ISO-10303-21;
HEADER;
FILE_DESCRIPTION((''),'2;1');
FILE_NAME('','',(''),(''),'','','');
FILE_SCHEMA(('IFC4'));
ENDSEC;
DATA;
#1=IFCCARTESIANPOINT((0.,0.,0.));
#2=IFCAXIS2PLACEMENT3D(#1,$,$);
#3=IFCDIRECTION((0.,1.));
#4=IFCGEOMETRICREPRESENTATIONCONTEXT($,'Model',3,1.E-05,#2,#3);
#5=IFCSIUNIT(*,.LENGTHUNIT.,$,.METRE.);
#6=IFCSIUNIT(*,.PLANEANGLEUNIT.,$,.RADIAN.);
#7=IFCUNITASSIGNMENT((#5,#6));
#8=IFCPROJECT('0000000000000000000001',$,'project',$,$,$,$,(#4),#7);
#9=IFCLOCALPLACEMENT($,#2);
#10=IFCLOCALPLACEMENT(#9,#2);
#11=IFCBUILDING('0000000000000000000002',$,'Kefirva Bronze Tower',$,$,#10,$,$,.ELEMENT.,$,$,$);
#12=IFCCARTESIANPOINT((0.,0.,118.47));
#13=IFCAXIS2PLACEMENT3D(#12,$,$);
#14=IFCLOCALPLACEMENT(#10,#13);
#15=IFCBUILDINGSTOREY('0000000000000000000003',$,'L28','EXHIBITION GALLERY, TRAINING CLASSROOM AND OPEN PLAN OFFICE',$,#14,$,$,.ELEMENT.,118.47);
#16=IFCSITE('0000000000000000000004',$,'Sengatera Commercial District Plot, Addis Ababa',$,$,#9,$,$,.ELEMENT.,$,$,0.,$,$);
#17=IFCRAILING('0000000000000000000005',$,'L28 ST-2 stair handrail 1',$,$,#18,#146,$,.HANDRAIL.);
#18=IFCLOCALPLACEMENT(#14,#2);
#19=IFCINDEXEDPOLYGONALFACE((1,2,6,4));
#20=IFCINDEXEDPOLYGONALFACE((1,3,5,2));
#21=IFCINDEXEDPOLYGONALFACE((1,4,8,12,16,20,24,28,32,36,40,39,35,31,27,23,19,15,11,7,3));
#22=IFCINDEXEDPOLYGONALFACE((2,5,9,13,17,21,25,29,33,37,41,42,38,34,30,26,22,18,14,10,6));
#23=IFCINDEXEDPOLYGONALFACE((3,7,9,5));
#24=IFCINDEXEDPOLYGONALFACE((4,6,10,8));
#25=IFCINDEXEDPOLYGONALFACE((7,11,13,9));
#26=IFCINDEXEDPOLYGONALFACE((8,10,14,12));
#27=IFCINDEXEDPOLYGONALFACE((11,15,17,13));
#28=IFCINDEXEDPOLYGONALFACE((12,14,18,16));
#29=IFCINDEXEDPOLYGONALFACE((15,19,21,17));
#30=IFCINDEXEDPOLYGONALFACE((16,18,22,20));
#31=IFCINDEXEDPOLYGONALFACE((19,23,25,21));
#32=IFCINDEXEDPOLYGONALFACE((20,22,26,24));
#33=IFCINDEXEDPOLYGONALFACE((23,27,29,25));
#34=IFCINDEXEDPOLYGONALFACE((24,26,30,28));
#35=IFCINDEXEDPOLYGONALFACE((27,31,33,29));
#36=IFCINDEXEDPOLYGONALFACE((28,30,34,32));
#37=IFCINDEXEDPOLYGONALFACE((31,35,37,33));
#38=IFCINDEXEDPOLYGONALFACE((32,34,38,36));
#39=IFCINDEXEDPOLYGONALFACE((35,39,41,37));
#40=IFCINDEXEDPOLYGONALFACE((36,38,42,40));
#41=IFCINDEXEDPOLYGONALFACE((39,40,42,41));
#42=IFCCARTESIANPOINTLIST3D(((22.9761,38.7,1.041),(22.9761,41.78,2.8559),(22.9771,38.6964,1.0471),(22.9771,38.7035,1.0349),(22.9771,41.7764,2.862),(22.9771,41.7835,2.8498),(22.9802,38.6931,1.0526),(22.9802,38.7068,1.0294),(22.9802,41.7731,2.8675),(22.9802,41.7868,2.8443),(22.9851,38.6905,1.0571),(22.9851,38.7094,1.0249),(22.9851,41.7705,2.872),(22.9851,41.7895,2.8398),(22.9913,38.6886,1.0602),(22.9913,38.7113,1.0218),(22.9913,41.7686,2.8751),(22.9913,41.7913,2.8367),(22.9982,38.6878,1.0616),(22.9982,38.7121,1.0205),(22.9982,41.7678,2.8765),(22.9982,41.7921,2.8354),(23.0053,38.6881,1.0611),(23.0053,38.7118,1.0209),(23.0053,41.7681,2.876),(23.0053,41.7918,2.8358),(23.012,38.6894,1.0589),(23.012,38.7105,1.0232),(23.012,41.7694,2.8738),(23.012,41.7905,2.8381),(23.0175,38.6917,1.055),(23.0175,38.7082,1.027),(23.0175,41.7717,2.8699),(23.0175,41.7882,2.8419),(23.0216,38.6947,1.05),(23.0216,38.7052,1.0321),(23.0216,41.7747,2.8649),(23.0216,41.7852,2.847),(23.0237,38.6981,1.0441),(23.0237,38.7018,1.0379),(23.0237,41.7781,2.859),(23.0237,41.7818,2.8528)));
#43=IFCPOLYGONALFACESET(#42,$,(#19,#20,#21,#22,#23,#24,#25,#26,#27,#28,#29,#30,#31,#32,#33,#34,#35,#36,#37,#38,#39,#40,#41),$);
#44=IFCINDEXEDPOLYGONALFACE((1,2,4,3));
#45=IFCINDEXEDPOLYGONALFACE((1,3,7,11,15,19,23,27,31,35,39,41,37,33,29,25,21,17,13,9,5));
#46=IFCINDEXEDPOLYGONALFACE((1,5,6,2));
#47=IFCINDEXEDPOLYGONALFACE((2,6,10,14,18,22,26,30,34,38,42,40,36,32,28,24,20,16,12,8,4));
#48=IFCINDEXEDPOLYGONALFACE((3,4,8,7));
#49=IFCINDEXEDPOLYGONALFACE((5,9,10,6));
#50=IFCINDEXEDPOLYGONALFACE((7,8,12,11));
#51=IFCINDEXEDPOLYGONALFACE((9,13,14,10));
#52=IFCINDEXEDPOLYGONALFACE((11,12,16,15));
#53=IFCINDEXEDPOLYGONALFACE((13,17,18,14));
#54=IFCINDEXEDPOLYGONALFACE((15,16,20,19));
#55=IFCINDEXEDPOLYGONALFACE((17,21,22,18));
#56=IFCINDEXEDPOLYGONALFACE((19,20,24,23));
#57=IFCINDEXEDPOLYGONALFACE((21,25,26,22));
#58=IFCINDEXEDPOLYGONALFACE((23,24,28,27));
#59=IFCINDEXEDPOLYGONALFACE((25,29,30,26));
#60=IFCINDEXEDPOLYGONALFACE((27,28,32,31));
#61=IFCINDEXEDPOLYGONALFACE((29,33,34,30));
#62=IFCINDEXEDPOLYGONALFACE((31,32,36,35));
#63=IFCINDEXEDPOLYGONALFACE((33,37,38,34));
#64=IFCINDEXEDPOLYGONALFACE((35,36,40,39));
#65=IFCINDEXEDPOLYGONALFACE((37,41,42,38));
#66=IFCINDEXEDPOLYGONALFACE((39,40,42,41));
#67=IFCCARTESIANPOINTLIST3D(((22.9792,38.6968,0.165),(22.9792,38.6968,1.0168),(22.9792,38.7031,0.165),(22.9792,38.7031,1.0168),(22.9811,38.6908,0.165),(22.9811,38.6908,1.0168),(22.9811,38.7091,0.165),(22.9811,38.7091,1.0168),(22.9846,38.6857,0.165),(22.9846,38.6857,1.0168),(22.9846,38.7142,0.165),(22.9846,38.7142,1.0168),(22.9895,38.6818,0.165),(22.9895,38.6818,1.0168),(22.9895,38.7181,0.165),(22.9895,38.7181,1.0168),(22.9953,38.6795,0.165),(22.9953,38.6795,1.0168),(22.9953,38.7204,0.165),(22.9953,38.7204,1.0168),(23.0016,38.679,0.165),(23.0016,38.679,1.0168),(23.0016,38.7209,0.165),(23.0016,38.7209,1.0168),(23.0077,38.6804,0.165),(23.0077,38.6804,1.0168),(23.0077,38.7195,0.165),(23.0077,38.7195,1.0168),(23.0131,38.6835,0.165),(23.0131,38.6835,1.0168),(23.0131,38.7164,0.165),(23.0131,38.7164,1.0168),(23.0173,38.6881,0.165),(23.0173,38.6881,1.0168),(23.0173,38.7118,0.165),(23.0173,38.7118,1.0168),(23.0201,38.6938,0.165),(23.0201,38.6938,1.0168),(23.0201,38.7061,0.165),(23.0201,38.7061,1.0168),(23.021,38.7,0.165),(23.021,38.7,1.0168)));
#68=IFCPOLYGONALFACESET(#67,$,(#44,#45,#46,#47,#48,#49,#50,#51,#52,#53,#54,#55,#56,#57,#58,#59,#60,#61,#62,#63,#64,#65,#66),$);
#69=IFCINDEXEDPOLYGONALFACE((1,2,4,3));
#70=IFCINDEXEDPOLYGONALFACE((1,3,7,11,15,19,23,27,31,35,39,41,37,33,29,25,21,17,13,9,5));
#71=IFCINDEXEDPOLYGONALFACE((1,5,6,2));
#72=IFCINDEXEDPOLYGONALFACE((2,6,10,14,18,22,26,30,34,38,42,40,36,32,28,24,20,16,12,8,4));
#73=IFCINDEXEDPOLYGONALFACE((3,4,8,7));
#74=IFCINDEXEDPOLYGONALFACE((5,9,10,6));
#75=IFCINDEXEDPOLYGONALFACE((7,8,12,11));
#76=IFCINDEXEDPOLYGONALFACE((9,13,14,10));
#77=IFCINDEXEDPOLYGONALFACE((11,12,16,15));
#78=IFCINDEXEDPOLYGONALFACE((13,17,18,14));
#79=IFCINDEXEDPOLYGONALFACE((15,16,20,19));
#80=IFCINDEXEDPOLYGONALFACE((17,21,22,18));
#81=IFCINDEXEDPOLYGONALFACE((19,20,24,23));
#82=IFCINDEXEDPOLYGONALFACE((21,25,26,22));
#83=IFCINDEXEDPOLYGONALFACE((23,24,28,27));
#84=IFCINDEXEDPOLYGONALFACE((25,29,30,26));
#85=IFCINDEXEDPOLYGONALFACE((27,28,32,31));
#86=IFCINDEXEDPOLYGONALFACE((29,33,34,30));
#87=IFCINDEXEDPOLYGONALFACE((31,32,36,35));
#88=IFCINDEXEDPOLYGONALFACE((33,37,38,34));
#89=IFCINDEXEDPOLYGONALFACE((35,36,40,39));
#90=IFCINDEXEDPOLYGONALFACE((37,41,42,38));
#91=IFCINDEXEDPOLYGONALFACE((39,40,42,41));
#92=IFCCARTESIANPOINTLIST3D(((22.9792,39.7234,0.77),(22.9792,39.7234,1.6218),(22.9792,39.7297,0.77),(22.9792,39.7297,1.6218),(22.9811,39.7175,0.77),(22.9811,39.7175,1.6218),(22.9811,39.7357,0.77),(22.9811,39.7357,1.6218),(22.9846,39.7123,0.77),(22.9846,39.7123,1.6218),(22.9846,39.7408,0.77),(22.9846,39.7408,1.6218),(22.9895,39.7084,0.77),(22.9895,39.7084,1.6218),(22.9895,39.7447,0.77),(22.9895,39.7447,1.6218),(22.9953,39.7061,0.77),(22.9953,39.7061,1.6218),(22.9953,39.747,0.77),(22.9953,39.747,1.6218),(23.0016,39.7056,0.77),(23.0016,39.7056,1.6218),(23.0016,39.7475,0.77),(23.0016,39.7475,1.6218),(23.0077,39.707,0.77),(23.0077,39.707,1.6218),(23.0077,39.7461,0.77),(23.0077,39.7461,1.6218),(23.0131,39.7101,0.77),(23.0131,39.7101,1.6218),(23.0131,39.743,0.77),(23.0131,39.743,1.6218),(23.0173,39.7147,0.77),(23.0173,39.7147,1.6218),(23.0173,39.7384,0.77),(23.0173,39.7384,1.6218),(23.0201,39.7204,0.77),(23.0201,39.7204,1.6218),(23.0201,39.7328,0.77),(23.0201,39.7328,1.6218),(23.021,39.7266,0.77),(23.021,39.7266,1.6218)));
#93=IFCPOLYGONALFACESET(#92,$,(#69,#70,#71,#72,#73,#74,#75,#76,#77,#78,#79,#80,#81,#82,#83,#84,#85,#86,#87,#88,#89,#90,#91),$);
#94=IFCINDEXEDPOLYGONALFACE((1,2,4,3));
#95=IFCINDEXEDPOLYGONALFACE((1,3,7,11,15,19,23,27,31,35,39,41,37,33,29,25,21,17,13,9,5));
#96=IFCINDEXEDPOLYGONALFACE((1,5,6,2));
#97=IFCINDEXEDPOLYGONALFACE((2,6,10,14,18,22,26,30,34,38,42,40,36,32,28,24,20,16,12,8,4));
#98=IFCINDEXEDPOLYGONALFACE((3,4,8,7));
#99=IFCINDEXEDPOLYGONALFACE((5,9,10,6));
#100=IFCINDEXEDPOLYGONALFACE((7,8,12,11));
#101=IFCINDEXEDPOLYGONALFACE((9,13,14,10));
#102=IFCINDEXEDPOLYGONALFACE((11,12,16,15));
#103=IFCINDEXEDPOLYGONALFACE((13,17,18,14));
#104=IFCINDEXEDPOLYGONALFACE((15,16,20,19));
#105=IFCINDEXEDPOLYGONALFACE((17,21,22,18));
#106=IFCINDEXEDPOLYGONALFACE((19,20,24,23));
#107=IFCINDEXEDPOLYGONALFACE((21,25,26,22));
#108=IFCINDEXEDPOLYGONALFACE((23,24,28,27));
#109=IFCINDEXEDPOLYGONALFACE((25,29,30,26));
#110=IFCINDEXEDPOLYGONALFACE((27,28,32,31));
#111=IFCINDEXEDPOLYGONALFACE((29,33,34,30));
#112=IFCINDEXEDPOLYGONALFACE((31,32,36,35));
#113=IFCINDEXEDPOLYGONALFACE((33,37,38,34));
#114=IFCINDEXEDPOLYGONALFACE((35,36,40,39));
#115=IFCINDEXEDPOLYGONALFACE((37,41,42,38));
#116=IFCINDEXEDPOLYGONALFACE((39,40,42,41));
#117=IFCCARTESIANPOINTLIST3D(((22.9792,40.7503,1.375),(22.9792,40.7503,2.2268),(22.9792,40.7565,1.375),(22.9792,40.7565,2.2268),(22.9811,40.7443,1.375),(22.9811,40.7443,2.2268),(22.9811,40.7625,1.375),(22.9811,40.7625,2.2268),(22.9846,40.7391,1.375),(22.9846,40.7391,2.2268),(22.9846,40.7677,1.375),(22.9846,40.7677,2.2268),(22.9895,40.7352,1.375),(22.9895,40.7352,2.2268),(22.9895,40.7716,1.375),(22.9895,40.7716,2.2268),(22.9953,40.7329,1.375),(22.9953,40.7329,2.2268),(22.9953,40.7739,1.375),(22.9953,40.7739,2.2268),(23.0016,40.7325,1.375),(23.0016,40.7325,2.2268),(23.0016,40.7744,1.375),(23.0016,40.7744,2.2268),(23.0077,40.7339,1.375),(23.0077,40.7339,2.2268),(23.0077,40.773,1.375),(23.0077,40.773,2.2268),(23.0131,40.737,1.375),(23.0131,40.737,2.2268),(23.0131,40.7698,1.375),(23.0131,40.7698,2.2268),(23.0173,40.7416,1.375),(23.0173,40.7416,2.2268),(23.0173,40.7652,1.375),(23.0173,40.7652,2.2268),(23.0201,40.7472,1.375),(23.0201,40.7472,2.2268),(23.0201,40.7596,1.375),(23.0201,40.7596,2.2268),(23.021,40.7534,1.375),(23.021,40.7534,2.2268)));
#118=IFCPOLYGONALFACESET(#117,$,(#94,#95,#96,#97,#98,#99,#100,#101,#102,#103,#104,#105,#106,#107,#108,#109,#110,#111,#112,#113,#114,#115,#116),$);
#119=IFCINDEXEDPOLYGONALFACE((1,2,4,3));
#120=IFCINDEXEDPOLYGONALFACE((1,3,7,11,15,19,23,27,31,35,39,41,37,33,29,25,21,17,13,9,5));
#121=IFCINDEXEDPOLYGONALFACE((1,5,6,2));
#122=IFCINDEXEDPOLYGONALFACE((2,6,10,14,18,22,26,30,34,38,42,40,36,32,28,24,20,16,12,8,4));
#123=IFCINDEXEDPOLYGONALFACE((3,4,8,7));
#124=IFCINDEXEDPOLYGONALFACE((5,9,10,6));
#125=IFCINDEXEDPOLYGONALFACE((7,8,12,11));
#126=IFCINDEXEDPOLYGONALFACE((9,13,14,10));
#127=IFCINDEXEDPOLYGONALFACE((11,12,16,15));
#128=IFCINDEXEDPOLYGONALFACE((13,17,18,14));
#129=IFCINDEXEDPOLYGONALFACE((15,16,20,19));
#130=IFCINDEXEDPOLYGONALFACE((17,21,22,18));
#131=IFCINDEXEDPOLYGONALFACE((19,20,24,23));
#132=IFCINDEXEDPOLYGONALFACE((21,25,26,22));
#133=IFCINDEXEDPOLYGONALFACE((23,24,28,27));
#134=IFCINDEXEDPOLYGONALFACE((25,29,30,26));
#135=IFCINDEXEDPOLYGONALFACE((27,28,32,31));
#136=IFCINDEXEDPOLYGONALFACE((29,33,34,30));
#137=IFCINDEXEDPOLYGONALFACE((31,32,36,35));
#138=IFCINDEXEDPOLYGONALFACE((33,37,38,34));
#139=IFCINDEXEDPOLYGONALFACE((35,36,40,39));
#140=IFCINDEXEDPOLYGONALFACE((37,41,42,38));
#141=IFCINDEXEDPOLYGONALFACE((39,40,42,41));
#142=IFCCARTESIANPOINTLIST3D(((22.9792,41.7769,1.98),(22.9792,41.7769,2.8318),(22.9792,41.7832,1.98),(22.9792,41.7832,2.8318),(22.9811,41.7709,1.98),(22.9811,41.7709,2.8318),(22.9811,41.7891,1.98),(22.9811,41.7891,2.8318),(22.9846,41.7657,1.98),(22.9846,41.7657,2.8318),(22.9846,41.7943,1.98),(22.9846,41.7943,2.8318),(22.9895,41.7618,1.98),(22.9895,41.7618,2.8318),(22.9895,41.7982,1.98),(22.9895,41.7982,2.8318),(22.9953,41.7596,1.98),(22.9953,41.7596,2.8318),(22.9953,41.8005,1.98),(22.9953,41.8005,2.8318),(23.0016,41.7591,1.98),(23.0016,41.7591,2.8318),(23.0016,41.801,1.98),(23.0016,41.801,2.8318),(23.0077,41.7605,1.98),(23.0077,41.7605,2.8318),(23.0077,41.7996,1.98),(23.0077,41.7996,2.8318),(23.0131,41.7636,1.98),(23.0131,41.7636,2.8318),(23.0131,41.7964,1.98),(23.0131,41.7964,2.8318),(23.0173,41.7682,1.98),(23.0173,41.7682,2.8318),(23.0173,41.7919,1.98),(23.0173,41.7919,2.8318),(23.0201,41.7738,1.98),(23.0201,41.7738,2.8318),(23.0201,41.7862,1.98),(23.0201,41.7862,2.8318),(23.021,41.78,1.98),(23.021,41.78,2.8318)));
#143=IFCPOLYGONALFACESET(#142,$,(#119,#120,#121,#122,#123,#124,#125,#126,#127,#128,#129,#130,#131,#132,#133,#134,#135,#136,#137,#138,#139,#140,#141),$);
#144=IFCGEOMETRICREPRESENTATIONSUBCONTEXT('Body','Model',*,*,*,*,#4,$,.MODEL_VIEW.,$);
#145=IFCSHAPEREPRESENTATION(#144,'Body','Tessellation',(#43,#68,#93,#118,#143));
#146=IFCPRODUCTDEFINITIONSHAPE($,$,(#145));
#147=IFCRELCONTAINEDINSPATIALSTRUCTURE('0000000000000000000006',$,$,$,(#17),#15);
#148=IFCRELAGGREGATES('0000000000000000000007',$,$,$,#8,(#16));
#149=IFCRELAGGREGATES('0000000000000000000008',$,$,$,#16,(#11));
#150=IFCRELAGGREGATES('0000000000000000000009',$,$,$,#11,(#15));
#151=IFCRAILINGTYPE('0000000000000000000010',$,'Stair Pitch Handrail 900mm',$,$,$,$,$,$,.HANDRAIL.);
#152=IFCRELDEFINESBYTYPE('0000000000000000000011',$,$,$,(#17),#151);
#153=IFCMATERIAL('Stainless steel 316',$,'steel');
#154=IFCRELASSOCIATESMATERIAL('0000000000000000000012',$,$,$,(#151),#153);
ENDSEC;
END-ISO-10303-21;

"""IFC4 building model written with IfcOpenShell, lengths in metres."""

from ifc_helpers import new_model, si_unit, direction, frame, origin, origin_2d, place, context, subcontext, project, spatial, circle, extrude, material, type_object, element, save


model = new_model("IFC4")

# Units and contexts
model_context = context("Model", 3, precision=1e-05, world=origin(), true_north=direction((0.0, 1.0)))
body_context = subcontext(model_context, "Body", "Model", "MODEL_VIEW")
ifc_project = project(units=[si_unit("LENGTHUNIT", "METRE"), si_unit("PLANEANGLEUNIT", "RADIAN")], contexts=[model_context])

# Site, building, storey
site_placement = place(None, origin())
site = spatial("IfcSite", under=ifc_project, at=site_placement, Name="Sengatera Commercial District Plot, Addis Ababa", CompositionType="ELEMENT", RefElevation=0.0)
building_placement = place(site_placement, origin())
building = spatial("IfcBuilding", under=site, at=building_placement, Name="Kefirva Bronze Tower", CompositionType="ELEMENT")
storey_placement = place(building_placement, frame((0.0, 0.0, 118.47)))
storey = spatial("IfcBuildingStorey", under=building, at=storey_placement, Name="L28", Description="EXHIBITION GALLERY, TRAINING CLASSROOM AND OPEN PLAN OFFICE", CompositionType="ELEMENT", Elevation=118.47)

# Railing
ifc_material_1 = material(Name="Stainless steel 316", Category="steel")
railing_type_1 = type_object("IfcRailingType", Name="Stair Pitch Handrail 900mm", PredefinedType="HANDRAIL", material=ifc_material_1)
railing_1_placement = place(storey_placement, frame((23.0, 38.7, 0.165)))
element("IfcRailing", 1, at=railing_1_placement, inside=storey, type_object=railing_type_1, Name="L28 ST-2 stair handrail 1", PredefinedType="HANDRAIL", context=body_context, shape_type="SweptSolid", body=[
    extrude(circle(Radius=0.0239, at=origin_2d()), frame((0.0, 0.0, 0.876), z_axis=(0.0, 0.861551, 0.507671), x_axis=(-1.0, 0.0, 0.0)), (0.0, 0.0, 1.0), 3.575),
    extrude(circle(Radius=0.021, at=origin_2d()), origin(), (0.0, 0.0, 1.0), 0.8518),
    extrude(circle(Radius=0.021, at=origin_2d()), frame((0.0, 1.0266, 0.605)), (0.0, 0.0, 1.0), 0.8518),
    extrude(circle(Radius=0.021, at=origin_2d()), frame((0.0, 2.0535, 1.21)), (0.0, 0.0, 1.0), 0.8518),
    extrude(circle(Radius=0.021, at=origin_2d()), frame((0.0, 3.0801, 1.8149)), (0.0, 0.0, 1.0), 0.8518),
])

save(model, "model.ifc")
